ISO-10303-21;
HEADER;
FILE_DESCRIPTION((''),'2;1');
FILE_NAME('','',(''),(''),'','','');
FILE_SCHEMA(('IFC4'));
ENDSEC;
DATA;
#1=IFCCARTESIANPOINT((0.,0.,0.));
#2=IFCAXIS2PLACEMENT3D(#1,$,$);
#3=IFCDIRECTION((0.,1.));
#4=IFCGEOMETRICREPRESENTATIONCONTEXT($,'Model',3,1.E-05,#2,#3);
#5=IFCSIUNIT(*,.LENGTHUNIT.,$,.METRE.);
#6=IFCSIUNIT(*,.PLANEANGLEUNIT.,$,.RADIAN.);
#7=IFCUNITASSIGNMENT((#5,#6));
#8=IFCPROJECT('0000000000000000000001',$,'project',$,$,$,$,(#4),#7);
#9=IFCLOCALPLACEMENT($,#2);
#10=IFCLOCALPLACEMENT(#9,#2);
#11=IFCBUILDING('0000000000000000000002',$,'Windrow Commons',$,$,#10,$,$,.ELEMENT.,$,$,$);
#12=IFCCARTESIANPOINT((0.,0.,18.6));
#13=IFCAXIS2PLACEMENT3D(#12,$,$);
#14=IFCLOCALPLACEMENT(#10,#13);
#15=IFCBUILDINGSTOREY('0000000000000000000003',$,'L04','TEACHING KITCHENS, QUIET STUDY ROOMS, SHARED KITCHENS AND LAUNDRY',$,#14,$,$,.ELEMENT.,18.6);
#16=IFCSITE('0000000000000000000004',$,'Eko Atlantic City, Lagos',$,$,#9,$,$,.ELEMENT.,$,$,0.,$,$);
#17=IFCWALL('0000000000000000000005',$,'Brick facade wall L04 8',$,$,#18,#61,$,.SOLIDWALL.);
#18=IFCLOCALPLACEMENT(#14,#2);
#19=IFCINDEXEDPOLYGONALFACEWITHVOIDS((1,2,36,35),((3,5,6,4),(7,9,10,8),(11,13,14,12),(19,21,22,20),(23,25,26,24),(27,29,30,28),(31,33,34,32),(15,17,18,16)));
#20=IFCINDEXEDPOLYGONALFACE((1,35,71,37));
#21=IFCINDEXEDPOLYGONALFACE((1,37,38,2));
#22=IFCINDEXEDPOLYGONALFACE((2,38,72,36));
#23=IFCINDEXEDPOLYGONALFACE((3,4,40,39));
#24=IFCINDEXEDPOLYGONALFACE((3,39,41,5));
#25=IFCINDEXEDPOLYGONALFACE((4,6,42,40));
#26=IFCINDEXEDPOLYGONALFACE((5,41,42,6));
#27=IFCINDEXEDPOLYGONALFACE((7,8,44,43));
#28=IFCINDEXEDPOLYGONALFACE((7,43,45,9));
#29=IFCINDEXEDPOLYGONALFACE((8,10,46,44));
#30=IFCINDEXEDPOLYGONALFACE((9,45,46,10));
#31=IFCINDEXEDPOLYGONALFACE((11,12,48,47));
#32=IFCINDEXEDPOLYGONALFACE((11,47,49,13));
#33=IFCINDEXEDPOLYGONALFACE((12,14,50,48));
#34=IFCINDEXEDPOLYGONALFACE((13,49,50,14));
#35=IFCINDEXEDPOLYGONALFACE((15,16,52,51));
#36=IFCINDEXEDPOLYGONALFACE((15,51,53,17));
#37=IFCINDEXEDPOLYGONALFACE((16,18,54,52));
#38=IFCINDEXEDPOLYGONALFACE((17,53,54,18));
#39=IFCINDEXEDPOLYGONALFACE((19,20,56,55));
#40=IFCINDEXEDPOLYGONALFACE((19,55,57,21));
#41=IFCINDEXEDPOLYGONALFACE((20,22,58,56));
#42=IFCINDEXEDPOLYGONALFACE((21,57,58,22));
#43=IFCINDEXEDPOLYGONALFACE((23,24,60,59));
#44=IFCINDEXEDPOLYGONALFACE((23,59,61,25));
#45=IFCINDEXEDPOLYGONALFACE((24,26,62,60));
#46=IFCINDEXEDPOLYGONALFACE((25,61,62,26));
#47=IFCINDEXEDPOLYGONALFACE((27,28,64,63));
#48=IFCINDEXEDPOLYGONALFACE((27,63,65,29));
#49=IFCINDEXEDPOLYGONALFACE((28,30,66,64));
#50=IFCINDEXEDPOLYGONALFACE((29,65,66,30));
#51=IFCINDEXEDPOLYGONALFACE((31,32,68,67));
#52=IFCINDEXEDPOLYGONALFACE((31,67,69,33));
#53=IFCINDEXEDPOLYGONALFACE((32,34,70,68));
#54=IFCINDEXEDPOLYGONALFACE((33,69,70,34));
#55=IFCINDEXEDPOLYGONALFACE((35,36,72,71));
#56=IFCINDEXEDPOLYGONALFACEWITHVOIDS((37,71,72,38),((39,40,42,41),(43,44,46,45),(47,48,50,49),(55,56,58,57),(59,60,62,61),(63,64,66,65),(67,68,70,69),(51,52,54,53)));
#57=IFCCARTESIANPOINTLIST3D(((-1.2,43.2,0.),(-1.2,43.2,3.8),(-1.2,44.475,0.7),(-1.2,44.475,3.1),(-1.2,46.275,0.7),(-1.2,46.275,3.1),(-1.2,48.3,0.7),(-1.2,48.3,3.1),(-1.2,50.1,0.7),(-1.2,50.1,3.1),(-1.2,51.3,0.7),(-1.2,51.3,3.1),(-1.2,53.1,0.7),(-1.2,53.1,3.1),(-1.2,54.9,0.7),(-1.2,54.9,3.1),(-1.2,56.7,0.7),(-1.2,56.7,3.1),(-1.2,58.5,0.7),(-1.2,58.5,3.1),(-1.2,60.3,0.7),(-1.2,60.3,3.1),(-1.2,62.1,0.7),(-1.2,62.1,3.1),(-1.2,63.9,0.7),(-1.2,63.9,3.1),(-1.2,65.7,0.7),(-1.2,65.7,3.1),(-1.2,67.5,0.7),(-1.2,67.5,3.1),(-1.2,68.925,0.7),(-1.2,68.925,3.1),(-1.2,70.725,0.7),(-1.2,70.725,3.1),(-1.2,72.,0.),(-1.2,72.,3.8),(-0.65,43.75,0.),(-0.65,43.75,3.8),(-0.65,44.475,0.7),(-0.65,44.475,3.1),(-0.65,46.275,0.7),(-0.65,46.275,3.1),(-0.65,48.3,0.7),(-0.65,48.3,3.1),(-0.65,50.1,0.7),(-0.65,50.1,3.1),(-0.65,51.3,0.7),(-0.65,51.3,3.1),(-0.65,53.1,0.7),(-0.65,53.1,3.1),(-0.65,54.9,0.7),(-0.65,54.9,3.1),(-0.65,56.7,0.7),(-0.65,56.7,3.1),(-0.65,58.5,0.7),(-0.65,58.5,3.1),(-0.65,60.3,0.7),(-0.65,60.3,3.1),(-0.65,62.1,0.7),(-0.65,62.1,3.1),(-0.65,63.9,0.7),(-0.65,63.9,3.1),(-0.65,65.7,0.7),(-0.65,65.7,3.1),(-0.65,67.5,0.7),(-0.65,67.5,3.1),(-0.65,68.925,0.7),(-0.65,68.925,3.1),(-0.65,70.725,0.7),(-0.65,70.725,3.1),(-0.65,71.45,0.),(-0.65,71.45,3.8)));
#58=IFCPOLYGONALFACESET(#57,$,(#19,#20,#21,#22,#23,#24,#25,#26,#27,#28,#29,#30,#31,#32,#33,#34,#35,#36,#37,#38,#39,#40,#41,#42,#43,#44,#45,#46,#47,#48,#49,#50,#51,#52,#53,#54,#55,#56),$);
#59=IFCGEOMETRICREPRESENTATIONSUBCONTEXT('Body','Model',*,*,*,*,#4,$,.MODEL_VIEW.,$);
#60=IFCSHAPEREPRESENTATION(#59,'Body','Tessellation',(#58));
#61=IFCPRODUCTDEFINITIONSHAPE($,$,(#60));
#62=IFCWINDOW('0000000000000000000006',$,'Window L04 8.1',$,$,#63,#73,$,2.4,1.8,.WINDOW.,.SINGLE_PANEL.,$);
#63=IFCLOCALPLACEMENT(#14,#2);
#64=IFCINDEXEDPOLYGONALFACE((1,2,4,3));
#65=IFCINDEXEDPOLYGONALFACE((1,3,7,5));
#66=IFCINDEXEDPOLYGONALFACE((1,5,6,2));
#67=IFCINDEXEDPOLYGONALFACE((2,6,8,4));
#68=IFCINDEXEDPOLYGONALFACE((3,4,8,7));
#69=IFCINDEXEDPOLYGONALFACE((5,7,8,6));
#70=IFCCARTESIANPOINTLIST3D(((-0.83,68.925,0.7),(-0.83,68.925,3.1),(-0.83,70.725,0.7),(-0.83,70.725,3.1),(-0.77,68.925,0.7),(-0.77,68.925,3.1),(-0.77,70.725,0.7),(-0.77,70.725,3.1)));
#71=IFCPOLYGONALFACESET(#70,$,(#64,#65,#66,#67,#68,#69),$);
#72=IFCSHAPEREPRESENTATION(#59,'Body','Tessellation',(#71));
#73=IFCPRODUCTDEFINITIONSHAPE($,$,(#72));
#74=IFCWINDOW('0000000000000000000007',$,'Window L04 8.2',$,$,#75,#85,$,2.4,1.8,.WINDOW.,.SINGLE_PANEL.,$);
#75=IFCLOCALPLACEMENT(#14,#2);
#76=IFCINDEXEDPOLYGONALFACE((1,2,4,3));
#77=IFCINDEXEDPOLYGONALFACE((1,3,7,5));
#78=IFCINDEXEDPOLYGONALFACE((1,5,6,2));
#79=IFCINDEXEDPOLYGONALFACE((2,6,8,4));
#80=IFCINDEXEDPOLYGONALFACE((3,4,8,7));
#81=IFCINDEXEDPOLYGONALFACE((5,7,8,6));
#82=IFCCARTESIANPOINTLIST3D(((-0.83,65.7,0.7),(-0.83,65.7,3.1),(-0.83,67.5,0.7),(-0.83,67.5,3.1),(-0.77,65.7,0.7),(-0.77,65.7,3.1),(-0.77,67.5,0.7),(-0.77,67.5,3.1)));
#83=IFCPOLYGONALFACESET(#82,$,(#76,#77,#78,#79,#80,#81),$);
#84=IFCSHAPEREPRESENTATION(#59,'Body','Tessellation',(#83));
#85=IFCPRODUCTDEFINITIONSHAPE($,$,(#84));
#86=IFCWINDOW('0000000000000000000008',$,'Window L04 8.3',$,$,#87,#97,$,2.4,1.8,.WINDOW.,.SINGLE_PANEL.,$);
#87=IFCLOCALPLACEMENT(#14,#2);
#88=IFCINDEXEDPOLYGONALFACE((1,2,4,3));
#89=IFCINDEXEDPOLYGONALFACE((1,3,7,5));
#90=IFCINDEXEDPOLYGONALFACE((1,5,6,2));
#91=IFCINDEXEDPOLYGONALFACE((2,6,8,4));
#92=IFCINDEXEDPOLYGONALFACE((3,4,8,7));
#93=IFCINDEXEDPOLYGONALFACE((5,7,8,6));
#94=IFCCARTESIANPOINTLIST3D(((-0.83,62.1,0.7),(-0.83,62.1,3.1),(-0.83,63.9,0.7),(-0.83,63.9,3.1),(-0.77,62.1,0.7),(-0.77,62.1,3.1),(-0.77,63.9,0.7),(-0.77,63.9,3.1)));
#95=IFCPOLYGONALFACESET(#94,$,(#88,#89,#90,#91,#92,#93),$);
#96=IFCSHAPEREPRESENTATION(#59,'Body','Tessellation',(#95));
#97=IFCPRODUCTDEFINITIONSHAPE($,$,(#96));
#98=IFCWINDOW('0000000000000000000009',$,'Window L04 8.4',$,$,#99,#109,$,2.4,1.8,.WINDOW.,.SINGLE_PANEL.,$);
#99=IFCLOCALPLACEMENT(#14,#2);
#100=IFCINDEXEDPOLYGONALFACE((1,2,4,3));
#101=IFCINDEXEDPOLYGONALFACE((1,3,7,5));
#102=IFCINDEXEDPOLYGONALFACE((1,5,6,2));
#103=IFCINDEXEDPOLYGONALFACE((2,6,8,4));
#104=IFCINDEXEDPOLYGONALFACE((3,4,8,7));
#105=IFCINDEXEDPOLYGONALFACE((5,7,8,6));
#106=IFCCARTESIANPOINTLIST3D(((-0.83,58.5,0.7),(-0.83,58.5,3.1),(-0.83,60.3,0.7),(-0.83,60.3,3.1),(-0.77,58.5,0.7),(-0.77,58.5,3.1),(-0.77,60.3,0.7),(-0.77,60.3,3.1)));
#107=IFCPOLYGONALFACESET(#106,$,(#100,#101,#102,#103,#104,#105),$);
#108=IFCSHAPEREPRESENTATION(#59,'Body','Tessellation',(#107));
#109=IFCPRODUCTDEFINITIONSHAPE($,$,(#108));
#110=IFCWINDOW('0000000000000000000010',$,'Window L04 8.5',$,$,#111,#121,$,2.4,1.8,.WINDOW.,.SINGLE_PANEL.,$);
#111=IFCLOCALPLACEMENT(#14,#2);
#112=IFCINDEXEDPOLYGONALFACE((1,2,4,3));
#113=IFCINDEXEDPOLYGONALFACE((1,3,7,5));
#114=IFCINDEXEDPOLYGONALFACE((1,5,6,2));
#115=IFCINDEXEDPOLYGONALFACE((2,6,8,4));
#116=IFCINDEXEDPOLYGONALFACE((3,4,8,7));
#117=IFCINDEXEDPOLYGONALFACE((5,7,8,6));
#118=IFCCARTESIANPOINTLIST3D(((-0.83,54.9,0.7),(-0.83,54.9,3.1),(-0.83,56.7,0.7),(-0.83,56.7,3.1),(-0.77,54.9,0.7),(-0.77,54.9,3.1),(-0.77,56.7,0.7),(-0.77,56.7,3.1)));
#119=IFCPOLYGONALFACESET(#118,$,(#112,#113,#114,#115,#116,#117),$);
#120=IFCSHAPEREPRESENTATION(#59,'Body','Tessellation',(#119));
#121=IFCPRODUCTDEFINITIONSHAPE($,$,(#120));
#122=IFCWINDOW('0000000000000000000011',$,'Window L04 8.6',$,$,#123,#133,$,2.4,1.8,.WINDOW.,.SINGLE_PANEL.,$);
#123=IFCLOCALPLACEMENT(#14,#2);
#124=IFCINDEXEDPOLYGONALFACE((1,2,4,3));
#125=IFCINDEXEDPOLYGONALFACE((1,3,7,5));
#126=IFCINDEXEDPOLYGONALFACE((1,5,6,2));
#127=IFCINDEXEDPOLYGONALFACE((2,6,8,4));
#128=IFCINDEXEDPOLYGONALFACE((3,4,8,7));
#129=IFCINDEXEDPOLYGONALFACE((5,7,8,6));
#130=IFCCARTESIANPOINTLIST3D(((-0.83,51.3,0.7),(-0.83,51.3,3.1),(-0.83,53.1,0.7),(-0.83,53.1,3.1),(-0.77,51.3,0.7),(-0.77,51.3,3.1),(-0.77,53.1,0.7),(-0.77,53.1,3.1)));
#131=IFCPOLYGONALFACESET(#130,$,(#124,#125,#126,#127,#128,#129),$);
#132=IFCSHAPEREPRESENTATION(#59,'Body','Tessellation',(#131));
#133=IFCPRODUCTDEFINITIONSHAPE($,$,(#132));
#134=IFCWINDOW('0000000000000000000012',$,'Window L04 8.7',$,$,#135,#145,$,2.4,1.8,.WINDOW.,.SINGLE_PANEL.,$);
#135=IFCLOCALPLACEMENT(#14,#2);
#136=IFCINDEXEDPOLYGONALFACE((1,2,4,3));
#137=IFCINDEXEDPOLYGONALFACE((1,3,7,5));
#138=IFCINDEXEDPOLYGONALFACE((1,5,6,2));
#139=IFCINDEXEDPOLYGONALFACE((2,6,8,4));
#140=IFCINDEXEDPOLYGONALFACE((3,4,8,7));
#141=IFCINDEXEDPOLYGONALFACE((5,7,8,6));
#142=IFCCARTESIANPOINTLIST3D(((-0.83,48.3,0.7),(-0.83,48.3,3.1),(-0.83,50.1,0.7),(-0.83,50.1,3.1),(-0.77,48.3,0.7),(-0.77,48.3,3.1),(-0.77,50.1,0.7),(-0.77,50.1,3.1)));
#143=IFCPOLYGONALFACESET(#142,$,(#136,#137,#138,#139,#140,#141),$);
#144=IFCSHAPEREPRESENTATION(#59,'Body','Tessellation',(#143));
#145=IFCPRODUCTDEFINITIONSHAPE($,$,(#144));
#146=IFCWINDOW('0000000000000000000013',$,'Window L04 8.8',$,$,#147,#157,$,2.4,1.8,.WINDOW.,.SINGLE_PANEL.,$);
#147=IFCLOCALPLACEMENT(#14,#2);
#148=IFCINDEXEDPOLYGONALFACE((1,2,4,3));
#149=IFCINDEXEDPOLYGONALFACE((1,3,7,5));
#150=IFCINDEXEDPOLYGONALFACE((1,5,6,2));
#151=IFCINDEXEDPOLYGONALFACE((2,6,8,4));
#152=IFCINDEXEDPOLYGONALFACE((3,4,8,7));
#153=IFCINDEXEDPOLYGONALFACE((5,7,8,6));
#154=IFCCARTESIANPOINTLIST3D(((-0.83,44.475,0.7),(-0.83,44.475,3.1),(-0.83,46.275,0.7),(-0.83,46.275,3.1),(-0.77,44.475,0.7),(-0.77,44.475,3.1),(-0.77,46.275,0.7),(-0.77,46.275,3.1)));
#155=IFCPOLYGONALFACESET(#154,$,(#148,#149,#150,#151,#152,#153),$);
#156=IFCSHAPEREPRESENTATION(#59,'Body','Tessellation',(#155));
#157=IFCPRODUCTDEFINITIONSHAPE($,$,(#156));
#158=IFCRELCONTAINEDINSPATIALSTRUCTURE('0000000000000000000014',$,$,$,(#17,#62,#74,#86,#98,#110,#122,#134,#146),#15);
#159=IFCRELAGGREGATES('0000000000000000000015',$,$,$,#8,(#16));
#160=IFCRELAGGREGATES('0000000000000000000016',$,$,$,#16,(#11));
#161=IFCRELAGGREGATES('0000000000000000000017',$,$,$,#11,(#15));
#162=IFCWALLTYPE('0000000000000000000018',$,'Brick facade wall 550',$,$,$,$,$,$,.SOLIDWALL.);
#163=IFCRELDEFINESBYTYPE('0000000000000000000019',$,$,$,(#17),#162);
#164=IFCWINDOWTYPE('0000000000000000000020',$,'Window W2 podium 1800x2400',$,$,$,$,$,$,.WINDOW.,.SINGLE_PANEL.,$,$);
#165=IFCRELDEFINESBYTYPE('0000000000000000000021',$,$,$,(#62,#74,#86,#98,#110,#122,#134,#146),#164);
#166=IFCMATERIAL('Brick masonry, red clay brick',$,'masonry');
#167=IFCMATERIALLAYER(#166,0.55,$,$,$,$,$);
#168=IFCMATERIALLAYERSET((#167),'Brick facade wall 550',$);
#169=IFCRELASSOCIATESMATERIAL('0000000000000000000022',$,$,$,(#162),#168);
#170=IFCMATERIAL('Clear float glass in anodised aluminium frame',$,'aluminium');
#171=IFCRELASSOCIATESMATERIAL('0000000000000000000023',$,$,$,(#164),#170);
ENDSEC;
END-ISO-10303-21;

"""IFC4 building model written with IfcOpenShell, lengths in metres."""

from ifc_helpers import new_model, si_unit, direction, frame, frame_2d, origin, place, context, subcontext, project, spatial, polyline, rectangle, outline, extrude, material, layer, layer_set, type_object, element, fill, save


model = new_model("IFC4")

# Units and contexts
model_context = context("Model", 3, precision=1e-05, world=origin(), true_north=direction((0.0, 1.0)))
body_context = subcontext(model_context, "Body", "Model", "MODEL_VIEW")
ifc_project = project(units=[si_unit("LENGTHUNIT", "METRE"), si_unit("PLANEANGLEUNIT", "RADIAN")], contexts=[model_context])

# Site, building, storey
site_placement = place(None, origin())
site = spatial("IfcSite", under=ifc_project, at=site_placement, Name="Eko Atlantic City, Lagos", CompositionType="ELEMENT", RefElevation=0.0)
building_placement = place(site_placement, origin())
building = spatial("IfcBuilding", under=site, at=building_placement, Name="Windrow Commons", CompositionType="ELEMENT")
storey_placement = place(building_placement, frame((0.0, 0.0, 18.6)))
storey = spatial("IfcBuildingStorey", under=building, at=storey_placement, Name="L04", Description="TEACHING KITCHENS, QUIET STUDY ROOMS, SHARED KITCHENS AND LAUNDRY", CompositionType="ELEMENT", Elevation=18.6)

# Shared definitions
ifc_material_1 = material(Name="Brick masonry, red clay brick", Category="masonry")
ifc_layer_1 = layer(ifc_material_1, 0.55)
ifc_layer_set_1 = layer_set([ifc_layer_1], Name="Brick facade wall 550")
wall_type_1 = type_object("IfcWallType", Name="Brick facade wall 550", PredefinedType="SOLIDWALL", material=ifc_layer_set_1)

# Wall, openings, windows
wall_1_placement = place(storey_placement, frame((-0.925, 71.725, 0.0), z_axis=(0.0, 0.0, 1.0), x_axis=(0.0, -1.0, 0.0)))
wall_1 = element("IfcWall", 1, at=wall_1_placement, inside=storey, type_object=wall_type_1, Name="Brick facade wall L04 8", PredefinedType="SOLIDWALL", context=body_context, shape_type="SweptSolid", body=[
    extrude(outline(polyline([(-0.275, -0.275), (28.525, -0.275), (27.975, 0.275), (0.275, 0.275), (-0.275, -0.275)])), origin(), (0.0, 0.0, 1.0), 3.8),
])
opening_1_placement = place(wall_1_placement, frame((1.0, 0.0, 0.7)))
opening_1 = element("IfcOpeningElement", 2, at=opening_1_placement, cuts=wall_1, PredefinedType="OPENING", context=body_context, shape_type="SweptSolid", body=[
    extrude(rectangle(XDim=1.8, YDim=2.4, at=frame_2d((0.9, 1.2))), frame((0.0, 0.285, 0.0), z_axis=(0.0, -1.0, 0.0), x_axis=(1.0, 0.0, 0.0)), (0.0, 0.0, 1.0), 0.57),
])
opening_2_placement = place(wall_1_placement, frame((4.225, 0.0, 0.7)))
opening_2 = element("IfcOpeningElement", 3, at=opening_2_placement, cuts=wall_1, PredefinedType="OPENING", context=body_context, shape_type="SweptSolid", body=[
    extrude(rectangle(XDim=1.8, YDim=2.4, at=frame_2d((0.9, 1.2))), frame((0.0, 0.285, 0.0), z_axis=(0.0, -1.0, 0.0), x_axis=(1.0, 0.0, 0.0)), (0.0, 0.0, 1.0), 0.57),
])
opening_3_placement = place(wall_1_placement, frame((7.825, 0.0, 0.7)))
opening_3 = element("IfcOpeningElement", 4, at=opening_3_placement, cuts=wall_1, PredefinedType="OPENING", context=body_context, shape_type="SweptSolid", body=[
    extrude(rectangle(XDim=1.8, YDim=2.4, at=frame_2d((0.9, 1.2))), frame((0.0, 0.285, 0.0), z_axis=(0.0, -1.0, 0.0), x_axis=(1.0, 0.0, 0.0)), (0.0, 0.0, 1.0), 0.57),
])
opening_4_placement = place(wall_1_placement, frame((11.425, 0.0, 0.7)))
opening_4 = element("IfcOpeningElement", 5, at=opening_4_placement, cuts=wall_1, PredefinedType="OPENING", context=body_context, shape_type="SweptSolid", body=[
    extrude(rectangle(XDim=1.8, YDim=2.4, at=frame_2d((0.9, 1.2))), frame((0.0, 0.285, 0.0), z_axis=(0.0, -1.0, 0.0), x_axis=(1.0, 0.0, 0.0)), (0.0, 0.0, 1.0), 0.57),
])
opening_5_placement = place(wall_1_placement, frame((15.025, 0.0, 0.7)))
opening_5 = element("IfcOpeningElement", 6, at=opening_5_placement, cuts=wall_1, PredefinedType="OPENING", context=body_context, shape_type="SweptSolid", body=[
    extrude(rectangle(XDim=1.8, YDim=2.4, at=frame_2d((0.9, 1.2))), frame((0.0, 0.285, 0.0), z_axis=(0.0, -1.0, 0.0), x_axis=(1.0, 0.0, 0.0)), (0.0, 0.0, 1.0), 0.57),
])
opening_6_placement = place(wall_1_placement, frame((18.625, 0.0, 0.7)))
opening_6 = element("IfcOpeningElement", 7, at=opening_6_placement, cuts=wall_1, PredefinedType="OPENING", context=body_context, shape_type="SweptSolid", body=[
    extrude(rectangle(XDim=1.8, YDim=2.4, at=frame_2d((0.9, 1.2))), frame((0.0, 0.285, 0.0), z_axis=(0.0, -1.0, 0.0), x_axis=(1.0, 0.0, 0.0)), (0.0, 0.0, 1.0), 0.57),
])
opening_7_placement = place(wall_1_placement, frame((21.625, 0.0, 0.7)))
opening_7 = element("IfcOpeningElement", 8, at=opening_7_placement, cuts=wall_1, PredefinedType="OPENING", context=body_context, shape_type="SweptSolid", body=[
    extrude(rectangle(XDim=1.8, YDim=2.4, at=frame_2d((0.9, 1.2))), frame((0.0, 0.285, 0.0), z_axis=(0.0, -1.0, 0.0), x_axis=(1.0, 0.0, 0.0)), (0.0, 0.0, 1.0), 0.57),
])
opening_8_placement = place(wall_1_placement, frame((25.45, 0.0, 0.7)))
opening_8 = element("IfcOpeningElement", 9, at=opening_8_placement, cuts=wall_1, PredefinedType="OPENING", context=body_context, shape_type="SweptSolid", body=[
    extrude(rectangle(XDim=1.8, YDim=2.4, at=frame_2d((0.9, 1.2))), frame((0.0, 0.285, 0.0), z_axis=(0.0, -1.0, 0.0), x_axis=(1.0, 0.0, 0.0)), (0.0, 0.0, 1.0), 0.57),
])
ifc_material_2 = material(Name="Clear float glass in anodised aluminium frame", Category="aluminium")
window_type = type_object("IfcWindowType", Name="Window W2 podium 1800x2400", PartitioningType="SINGLE_PANEL", PredefinedType="WINDOW", material=ifc_material_2)
window_1_placement = place(opening_1_placement, origin())
window_1 = element("IfcWindow", 10, at=window_1_placement, inside=storey, type_object=window_type, Name="Window L04 8.1", OverallHeight=2.4, OverallWidth=1.8, PartitioningType="SINGLE_PANEL", PredefinedType="WINDOW", context=body_context, shape_type="SweptSolid", body=[
    extrude(rectangle(XDim=1.8, YDim=2.4, at=frame_2d((0.9, 1.2))), frame((0.0, 0.155, 0.0), z_axis=(0.0, -1.0, 0.0), x_axis=(1.0, 0.0, 0.0)), (0.0, 0.0, 1.0), 0.06),
])
fill(opening_1, window_1)
window_2_placement = place(opening_2_placement, origin())
window_2 = element("IfcWindow", 11, at=window_2_placement, inside=storey, type_object=window_type, Name="Window L04 8.2", OverallHeight=2.4, OverallWidth=1.8, PartitioningType="SINGLE_PANEL", PredefinedType="WINDOW", context=body_context, shape_type="SweptSolid", body=[
    extrude(rectangle(XDim=1.8, YDim=2.4, at=frame_2d((0.9, 1.2))), frame((0.0, 0.155, 0.0), z_axis=(0.0, -1.0, 0.0), x_axis=(1.0, 0.0, 0.0)), (0.0, 0.0, 1.0), 0.06),
])
fill(opening_2, window_2)
window_3_placement = place(opening_3_placement, origin())
window_3 = element("IfcWindow", 12, at=window_3_placement, inside=storey, type_object=window_type, Name="Window L04 8.3", OverallHeight=2.4, OverallWidth=1.8, PartitioningType="SINGLE_PANEL", PredefinedType="WINDOW", context=body_context, shape_type="SweptSolid", body=[
    extrude(rectangle(XDim=1.8, YDim=2.4, at=frame_2d((0.9, 1.2))), frame((0.0, 0.155, 0.0), z_axis=(0.0, -1.0, 0.0), x_axis=(1.0, 0.0, 0.0)), (0.0, 0.0, 1.0), 0.06),
])
fill(opening_3, window_3)
window_4_placement = place(opening_4_placement, origin())
window_4 = element("IfcWindow", 13, at=window_4_placement, inside=storey, type_object=window_type, Name="Window L04 8.4", OverallHeight=2.4, OverallWidth=1.8, PartitioningType="SINGLE_PANEL", PredefinedType="WINDOW", context=body_context, shape_type="SweptSolid", body=[
    extrude(rectangle(XDim=1.8, YDim=2.4, at=frame_2d((0.9, 1.2))), frame((0.0, 0.155, 0.0), z_axis=(0.0, -1.0, 0.0), x_axis=(1.0, 0.0, 0.0)), (0.0, 0.0, 1.0), 0.06),
])
fill(opening_4, window_4)
window_5_placement = place(opening_5_placement, origin())
window_5 = element("IfcWindow", 14, at=window_5_placement, inside=storey, type_object=window_type, Name="Window L04 8.5", OverallHeight=2.4, OverallWidth=1.8, PartitioningType="SINGLE_PANEL", PredefinedType="WINDOW", context=body_context, shape_type="SweptSolid", body=[
    extrude(rectangle(XDim=1.8, YDim=2.4, at=frame_2d((0.9, 1.2))), frame((0.0, 0.155, 0.0), z_axis=(0.0, -1.0, 0.0), x_axis=(1.0, 0.0, 0.0)), (0.0, 0.0, 1.0), 0.06),
])
fill(opening_5, window_5)
window_6_placement = place(opening_6_placement, origin())
window_6 = element("IfcWindow", 15, at=window_6_placement, inside=storey, type_object=window_type, Name="Window L04 8.6", OverallHeight=2.4, OverallWidth=1.8, PartitioningType="SINGLE_PANEL", PredefinedType="WINDOW", context=body_context, shape_type="SweptSolid", body=[
    extrude(rectangle(XDim=1.8, YDim=2.4, at=frame_2d((0.9, 1.2))), frame((0.0, 0.155, 0.0), z_axis=(0.0, -1.0, 0.0), x_axis=(1.0, 0.0, 0.0)), (0.0, 0.0, 1.0), 0.06),
])
fill(opening_6, window_6)
window_7_placement = place(opening_7_placement, origin())
window_7 = element("IfcWindow", 16, at=window_7_placement, inside=storey, type_object=window_type, Name="Window L04 8.7", OverallHeight=2.4, OverallWidth=1.8, PartitioningType="SINGLE_PANEL", PredefinedType="WINDOW", context=body_context, shape_type="SweptSolid", body=[
    extrude(rectangle(XDim=1.8, YDim=2.4, at=frame_2d((0.9, 1.2))), frame((0.0, 0.155, 0.0), z_axis=(0.0, -1.0, 0.0), x_axis=(1.0, 0.0, 0.0)), (0.0, 0.0, 1.0), 0.06),
])
fill(opening_7, window_7)
window_8_placement = place(opening_8_placement, origin())
window_8 = element("IfcWindow", 17, at=window_8_placement, inside=storey, type_object=window_type, Name="Window L04 8.8", OverallHeight=2.4, OverallWidth=1.8, PartitioningType="SINGLE_PANEL", PredefinedType="WINDOW", context=body_context, shape_type="SweptSolid", body=[
    extrude(rectangle(XDim=1.8, YDim=2.4, at=frame_2d((0.9, 1.2))), frame((0.0, 0.155, 0.0), z_axis=(0.0, -1.0, 0.0), x_axis=(1.0, 0.0, 0.0)), (0.0, 0.0, 1.0), 0.06),
])
fill(opening_8, window_8)

save(model, "model.ifc")
